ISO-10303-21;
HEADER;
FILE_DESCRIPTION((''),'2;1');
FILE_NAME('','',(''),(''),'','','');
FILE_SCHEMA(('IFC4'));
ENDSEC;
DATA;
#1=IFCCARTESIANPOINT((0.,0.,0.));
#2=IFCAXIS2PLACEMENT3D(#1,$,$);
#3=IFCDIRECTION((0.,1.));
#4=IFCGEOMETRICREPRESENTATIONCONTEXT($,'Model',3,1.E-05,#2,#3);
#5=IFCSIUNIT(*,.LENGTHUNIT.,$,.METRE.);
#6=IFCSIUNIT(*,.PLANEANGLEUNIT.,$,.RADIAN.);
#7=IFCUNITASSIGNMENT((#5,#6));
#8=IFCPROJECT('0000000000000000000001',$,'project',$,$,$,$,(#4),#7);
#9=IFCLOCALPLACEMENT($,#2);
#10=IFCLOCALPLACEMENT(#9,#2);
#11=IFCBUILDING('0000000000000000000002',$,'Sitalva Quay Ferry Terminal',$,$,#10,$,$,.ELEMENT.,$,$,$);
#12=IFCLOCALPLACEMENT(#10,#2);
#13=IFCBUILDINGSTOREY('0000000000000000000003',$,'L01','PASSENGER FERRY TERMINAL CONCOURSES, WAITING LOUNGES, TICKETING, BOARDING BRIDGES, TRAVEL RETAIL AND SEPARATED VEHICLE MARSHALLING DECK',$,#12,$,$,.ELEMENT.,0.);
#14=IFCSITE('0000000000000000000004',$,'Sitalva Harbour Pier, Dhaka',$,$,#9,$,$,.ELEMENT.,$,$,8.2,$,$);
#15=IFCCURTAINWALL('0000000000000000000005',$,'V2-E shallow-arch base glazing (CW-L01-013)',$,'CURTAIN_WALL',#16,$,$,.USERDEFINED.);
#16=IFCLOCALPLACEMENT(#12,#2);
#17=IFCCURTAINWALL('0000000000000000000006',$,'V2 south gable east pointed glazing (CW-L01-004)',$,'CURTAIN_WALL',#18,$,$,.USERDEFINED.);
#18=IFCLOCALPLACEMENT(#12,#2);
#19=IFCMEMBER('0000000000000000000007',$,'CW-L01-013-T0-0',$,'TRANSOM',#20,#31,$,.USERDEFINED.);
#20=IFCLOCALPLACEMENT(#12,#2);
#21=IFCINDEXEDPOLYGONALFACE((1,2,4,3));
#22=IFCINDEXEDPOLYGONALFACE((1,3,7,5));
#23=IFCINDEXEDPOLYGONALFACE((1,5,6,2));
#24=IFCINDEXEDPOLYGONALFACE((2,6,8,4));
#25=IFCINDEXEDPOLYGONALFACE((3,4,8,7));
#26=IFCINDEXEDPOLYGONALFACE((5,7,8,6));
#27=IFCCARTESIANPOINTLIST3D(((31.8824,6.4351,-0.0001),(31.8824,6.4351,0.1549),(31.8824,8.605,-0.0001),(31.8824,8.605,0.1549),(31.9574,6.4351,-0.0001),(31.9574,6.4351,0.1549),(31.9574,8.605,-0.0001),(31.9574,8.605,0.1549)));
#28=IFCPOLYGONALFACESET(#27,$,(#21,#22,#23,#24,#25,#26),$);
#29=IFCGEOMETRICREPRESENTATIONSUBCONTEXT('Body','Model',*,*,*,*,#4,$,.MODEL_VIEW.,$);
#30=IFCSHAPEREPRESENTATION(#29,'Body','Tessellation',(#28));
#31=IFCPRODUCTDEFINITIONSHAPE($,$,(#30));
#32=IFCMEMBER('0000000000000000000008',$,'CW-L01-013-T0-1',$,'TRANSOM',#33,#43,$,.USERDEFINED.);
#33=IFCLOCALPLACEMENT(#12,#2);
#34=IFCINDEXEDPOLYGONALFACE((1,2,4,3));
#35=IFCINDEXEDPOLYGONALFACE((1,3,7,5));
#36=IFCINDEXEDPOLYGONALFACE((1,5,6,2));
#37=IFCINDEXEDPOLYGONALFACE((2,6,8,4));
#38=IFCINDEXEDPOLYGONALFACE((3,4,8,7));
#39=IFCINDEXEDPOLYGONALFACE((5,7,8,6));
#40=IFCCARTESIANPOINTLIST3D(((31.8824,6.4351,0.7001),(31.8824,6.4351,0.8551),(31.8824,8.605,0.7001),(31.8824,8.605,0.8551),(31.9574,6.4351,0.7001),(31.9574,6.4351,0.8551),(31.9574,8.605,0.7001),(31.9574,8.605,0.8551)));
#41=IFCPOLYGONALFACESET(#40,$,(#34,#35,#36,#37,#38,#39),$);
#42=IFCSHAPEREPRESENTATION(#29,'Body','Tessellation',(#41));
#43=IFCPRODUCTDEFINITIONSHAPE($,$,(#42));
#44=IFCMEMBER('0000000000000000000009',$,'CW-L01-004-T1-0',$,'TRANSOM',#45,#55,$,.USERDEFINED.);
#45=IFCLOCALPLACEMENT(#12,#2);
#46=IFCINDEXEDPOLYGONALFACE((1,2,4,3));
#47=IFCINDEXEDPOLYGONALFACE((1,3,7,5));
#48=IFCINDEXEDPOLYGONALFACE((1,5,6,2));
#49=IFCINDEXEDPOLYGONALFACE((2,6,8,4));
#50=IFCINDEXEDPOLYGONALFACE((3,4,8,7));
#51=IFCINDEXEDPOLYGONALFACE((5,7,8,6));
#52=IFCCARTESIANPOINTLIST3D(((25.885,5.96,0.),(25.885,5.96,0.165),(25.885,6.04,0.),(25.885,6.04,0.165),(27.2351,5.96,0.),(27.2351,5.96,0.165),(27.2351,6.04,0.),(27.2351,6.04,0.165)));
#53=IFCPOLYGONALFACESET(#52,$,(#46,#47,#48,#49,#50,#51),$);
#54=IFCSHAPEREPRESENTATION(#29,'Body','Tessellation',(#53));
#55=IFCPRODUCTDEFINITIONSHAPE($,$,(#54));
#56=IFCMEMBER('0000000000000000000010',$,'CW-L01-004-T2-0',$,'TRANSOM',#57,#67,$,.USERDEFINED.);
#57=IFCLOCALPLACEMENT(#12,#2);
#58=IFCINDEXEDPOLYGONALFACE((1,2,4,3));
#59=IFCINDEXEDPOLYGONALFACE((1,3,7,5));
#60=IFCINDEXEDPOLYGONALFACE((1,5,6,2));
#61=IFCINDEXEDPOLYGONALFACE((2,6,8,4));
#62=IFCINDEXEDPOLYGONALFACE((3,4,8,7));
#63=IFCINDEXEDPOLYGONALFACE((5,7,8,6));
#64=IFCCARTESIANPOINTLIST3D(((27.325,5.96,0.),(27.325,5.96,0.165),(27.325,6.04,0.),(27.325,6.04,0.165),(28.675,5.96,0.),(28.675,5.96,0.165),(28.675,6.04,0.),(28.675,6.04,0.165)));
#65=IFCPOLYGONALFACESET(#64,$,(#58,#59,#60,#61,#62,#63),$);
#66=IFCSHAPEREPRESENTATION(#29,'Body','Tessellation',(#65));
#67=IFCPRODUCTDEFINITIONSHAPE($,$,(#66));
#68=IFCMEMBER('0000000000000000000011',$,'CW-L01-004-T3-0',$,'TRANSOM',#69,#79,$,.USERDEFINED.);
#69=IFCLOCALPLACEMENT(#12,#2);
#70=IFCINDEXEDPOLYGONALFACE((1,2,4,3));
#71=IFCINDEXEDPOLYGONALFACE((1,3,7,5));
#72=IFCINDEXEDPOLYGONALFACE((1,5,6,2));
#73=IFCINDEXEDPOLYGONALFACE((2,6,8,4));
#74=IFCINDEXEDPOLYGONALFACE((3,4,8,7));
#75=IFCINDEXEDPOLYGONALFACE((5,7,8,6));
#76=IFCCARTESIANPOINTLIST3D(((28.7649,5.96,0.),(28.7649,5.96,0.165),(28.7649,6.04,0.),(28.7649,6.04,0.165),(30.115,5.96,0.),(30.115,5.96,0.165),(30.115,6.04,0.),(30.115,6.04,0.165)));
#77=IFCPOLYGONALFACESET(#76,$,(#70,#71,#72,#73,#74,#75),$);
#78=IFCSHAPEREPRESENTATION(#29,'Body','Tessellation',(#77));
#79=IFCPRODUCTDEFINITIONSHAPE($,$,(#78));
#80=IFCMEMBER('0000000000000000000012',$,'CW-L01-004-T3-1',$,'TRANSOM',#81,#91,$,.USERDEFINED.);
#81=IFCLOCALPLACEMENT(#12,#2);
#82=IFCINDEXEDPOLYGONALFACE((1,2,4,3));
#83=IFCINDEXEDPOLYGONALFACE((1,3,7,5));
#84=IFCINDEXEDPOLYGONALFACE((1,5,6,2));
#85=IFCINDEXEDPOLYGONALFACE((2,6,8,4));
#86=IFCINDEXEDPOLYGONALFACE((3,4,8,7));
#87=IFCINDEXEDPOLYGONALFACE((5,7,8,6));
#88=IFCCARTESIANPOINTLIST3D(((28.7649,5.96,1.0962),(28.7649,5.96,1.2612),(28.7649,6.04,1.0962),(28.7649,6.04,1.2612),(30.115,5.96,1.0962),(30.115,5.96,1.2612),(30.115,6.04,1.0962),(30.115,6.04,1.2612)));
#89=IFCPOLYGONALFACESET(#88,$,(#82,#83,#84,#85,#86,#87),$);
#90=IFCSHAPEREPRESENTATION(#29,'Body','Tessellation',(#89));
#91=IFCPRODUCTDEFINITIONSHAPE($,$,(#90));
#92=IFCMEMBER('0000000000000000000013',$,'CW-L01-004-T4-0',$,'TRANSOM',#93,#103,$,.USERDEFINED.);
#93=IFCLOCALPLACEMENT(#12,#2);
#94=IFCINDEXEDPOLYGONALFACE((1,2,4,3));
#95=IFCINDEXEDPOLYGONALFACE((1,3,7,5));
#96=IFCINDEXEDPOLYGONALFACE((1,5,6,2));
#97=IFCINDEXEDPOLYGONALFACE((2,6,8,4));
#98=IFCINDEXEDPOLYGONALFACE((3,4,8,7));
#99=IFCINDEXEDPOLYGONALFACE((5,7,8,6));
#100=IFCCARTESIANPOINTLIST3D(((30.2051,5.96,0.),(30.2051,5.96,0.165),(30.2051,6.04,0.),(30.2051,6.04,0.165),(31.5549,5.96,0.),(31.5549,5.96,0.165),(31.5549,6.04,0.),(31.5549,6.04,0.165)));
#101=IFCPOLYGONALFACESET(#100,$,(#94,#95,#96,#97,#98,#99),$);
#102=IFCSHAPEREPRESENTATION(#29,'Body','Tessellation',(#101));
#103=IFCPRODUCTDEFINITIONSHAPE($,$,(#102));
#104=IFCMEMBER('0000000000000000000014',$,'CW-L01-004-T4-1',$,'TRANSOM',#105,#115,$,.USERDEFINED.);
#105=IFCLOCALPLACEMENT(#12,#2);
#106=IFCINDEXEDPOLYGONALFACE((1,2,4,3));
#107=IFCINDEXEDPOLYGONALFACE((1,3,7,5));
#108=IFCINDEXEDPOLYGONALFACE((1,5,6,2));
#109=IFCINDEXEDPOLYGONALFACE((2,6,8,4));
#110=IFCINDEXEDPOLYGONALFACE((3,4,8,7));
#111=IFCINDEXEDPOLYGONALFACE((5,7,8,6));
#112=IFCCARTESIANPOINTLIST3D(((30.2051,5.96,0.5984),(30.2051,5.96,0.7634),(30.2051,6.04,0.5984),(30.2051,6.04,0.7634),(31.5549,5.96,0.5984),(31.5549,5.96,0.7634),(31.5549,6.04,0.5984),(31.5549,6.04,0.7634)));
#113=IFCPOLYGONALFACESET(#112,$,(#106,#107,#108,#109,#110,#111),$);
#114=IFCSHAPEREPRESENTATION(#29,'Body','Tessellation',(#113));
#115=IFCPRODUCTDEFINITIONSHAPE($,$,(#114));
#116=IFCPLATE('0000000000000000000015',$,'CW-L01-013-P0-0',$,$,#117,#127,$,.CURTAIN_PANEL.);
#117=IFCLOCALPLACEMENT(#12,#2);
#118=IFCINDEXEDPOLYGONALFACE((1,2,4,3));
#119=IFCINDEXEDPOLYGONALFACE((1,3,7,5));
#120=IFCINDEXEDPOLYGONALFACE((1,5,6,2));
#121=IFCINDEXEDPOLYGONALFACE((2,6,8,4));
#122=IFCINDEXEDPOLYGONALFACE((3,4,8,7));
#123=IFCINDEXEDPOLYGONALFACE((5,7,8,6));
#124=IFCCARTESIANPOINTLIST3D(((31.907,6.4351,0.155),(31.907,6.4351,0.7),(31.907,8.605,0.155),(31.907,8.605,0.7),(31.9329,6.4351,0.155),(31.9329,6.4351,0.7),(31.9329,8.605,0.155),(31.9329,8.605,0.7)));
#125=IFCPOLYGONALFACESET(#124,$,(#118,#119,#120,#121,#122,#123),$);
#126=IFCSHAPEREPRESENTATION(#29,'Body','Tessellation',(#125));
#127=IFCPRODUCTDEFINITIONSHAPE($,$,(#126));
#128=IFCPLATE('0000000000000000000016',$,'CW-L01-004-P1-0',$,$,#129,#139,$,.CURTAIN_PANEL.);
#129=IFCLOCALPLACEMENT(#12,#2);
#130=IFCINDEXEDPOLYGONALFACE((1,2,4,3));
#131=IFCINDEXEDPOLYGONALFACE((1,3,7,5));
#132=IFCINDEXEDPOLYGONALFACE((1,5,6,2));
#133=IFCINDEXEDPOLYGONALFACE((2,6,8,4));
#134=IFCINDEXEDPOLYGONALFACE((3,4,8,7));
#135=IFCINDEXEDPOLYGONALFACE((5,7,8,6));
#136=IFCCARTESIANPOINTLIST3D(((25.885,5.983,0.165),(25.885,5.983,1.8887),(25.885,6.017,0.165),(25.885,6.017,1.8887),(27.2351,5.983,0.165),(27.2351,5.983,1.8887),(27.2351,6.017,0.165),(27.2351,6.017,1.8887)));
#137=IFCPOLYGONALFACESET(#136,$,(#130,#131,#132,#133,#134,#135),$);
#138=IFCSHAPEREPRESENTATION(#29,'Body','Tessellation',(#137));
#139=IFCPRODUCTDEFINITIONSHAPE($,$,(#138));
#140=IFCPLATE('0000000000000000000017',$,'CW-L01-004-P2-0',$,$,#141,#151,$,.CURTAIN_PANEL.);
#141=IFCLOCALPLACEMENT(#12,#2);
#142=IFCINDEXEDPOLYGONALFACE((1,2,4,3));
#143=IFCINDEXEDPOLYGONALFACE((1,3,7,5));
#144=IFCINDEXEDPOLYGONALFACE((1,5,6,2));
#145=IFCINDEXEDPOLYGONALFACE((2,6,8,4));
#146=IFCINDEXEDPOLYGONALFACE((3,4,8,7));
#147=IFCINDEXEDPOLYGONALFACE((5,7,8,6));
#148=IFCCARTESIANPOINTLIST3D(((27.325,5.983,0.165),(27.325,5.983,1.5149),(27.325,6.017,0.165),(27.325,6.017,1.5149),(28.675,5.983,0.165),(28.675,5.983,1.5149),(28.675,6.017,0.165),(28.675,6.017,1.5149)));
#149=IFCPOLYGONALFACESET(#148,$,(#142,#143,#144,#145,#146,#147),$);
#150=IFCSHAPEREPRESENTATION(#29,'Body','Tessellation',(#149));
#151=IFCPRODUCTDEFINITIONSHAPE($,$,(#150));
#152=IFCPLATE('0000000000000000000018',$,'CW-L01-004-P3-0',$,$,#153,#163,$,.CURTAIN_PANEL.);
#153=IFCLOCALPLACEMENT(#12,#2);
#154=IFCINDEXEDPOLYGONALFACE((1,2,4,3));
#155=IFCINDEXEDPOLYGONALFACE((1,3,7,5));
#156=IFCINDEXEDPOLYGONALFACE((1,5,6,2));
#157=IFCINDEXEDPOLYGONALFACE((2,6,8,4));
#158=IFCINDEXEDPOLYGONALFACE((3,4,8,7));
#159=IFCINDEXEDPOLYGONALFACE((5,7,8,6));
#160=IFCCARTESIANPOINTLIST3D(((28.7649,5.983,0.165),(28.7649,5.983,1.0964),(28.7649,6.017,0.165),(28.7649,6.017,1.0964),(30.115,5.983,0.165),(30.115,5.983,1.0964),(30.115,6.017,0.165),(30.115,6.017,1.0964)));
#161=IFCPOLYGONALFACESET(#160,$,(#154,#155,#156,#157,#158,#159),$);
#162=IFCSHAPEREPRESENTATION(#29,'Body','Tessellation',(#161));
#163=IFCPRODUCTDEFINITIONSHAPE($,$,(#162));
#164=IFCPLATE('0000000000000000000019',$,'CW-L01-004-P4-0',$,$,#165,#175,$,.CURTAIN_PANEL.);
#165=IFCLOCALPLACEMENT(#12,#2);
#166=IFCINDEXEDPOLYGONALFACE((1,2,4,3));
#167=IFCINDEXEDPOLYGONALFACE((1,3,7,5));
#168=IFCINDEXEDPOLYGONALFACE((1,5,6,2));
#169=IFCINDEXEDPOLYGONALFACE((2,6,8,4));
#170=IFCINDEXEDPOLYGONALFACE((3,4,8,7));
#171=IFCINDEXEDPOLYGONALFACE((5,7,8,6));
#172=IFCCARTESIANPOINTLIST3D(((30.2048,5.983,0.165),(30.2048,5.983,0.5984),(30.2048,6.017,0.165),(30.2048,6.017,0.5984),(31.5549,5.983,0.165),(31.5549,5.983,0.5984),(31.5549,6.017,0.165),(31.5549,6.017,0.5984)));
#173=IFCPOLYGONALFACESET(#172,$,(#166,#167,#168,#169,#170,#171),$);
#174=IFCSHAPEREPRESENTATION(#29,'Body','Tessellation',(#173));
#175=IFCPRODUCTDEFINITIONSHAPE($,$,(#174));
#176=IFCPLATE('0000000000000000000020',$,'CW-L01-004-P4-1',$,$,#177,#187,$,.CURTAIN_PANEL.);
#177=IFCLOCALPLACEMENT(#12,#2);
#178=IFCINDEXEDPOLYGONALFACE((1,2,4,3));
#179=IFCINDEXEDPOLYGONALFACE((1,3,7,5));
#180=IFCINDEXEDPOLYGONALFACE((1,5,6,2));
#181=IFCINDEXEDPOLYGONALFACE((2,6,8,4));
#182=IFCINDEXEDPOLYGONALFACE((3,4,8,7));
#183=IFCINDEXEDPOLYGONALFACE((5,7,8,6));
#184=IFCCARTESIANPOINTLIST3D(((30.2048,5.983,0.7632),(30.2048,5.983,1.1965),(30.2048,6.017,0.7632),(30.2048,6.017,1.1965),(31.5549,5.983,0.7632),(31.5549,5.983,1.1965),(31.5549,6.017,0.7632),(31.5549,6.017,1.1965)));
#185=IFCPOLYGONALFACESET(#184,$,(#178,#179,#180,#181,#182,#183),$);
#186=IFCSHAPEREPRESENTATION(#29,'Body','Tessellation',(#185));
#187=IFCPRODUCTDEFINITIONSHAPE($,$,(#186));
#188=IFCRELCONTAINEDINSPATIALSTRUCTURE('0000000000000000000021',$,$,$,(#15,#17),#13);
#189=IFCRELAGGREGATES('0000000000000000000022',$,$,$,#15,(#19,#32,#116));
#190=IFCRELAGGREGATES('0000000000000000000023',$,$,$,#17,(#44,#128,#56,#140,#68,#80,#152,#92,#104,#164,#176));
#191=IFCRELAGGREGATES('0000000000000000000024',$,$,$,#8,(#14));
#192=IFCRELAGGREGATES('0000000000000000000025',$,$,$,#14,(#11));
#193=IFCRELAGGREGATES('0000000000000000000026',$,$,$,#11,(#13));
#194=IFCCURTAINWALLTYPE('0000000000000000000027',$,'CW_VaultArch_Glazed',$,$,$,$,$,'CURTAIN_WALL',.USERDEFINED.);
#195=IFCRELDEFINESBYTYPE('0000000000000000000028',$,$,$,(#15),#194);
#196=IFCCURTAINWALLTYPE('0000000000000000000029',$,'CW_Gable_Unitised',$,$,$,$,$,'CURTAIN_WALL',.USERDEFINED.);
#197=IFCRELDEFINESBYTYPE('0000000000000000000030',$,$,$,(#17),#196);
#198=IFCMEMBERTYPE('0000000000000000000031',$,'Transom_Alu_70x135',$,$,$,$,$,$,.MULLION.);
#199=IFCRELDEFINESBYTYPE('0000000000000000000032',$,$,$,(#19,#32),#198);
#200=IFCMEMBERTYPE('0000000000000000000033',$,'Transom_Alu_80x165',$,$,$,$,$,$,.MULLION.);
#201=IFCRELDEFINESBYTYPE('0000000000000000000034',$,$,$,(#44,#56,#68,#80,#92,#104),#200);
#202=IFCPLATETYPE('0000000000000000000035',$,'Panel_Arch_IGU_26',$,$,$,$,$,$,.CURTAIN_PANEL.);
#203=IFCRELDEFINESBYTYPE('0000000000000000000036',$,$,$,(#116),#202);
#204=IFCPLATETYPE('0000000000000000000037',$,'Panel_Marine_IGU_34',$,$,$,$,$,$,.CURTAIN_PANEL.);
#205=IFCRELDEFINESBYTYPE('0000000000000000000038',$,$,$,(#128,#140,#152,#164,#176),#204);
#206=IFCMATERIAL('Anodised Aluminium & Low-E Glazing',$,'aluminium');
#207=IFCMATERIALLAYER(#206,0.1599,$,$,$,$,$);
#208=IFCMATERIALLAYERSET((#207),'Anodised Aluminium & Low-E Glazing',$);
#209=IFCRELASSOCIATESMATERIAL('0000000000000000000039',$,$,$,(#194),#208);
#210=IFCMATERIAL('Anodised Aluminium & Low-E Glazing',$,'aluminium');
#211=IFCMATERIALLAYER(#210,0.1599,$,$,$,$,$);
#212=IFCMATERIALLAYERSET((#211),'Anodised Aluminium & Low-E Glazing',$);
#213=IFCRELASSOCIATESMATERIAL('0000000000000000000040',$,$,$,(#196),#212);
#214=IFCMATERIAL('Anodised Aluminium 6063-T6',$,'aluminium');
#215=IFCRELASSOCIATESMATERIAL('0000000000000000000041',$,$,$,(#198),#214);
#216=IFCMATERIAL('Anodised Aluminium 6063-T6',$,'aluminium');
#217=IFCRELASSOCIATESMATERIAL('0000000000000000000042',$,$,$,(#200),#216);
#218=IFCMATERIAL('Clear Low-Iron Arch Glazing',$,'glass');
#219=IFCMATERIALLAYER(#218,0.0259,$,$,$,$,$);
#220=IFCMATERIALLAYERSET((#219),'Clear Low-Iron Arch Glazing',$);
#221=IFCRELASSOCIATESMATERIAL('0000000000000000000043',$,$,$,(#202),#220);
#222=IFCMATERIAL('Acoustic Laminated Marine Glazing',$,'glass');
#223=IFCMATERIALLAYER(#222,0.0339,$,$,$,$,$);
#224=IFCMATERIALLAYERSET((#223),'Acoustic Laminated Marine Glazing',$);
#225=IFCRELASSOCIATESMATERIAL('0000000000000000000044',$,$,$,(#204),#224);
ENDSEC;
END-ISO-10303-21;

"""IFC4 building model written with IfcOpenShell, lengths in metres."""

from ifc_helpers import new_model, si_unit, direction, frame, origin, origin_2d, place, context, subcontext, project, spatial, rectangle, extrude, material, layer, layer_set, material_profile, profile_set, type_object, element, aggregate, save


model = new_model("IFC4")

# Units and contexts
model_context = context("Model", 3, precision=1e-05, world=origin(), true_north=direction((0.0, 1.0)))
body_context = subcontext(model_context, "Body", "Model", "MODEL_VIEW")
ifc_project = project(units=[si_unit("LENGTHUNIT", "METRE"), si_unit("PLANEANGLEUNIT", "RADIAN")], contexts=[model_context])

# Site, building, storey
site_placement = place(None, origin())
site = spatial("IfcSite", under=ifc_project, at=site_placement, Name="Sitalva Harbour Pier, Dhaka", CompositionType="ELEMENT", RefElevation=8.2)
building_placement = place(site_placement, origin())
building = spatial("IfcBuilding", under=site, at=building_placement, Name="Sitalva Quay Ferry Terminal", CompositionType="ELEMENT")
storey_placement = place(building_placement, origin())
storey = spatial("IfcBuildingStorey", under=building, at=storey_placement, Name="L01", Description="PASSENGER FERRY TERMINAL CONCOURSES, WAITING LOUNGES, TICKETING, BOARDING BRIDGES, TRAVEL RETAIL AND SEPARATED VEHICLE MARSHALLING DECK", CompositionType="ELEMENT", Elevation=0.0)

# Curtain wall
ifc_material_1 = material(Name="Anodised Aluminium & Low-E Glazing", Category="aluminium")
ifc_layer_1 = layer(ifc_material_1, 0.1599)
ifc_layer_set_1 = layer_set([ifc_layer_1], Name="Anodised Aluminium & Low-E Glazing")
curtain_wall_type_1 = type_object("IfcCurtainWallType", Name="CW_VaultArch_Glazed", ElementType="CURTAIN_WALL", PredefinedType="USERDEFINED", material=ifc_layer_set_1)
curtain_wall_1_placement = place(storey_placement, origin())
curtain_wall_1 = element("IfcCurtainWall", 1, at=curtain_wall_1_placement, inside=storey, type_object=curtain_wall_type_1, Name="V2-E shallow-arch base glazing (CW-L01-013)", ObjectType="CURTAIN_WALL", PredefinedType="USERDEFINED")

# Curtain wall
ifc_material_2 = material(Name="Anodised Aluminium & Low-E Glazing", Category="aluminium")
ifc_layer_2 = layer(ifc_material_2, 0.1599)
ifc_layer_set_2 = layer_set([ifc_layer_2], Name="Anodised Aluminium & Low-E Glazing")
curtain_wall_type_2 = type_object("IfcCurtainWallType", Name="CW_Gable_Unitised", ElementType="CURTAIN_WALL", PredefinedType="USERDEFINED", material=ifc_layer_set_2)
curtain_wall_2_placement = place(storey_placement, origin())
curtain_wall_2 = element("IfcCurtainWall", 2, at=curtain_wall_2_placement, inside=storey, type_object=curtain_wall_type_2, Name="V2 south gable east pointed glazing (CW-L01-004)", ObjectType="CURTAIN_WALL", PredefinedType="USERDEFINED")

# Members
ifc_material_3 = material(Name="Anodised Aluminium 6063-T6", Category="aluminium")
ifc_material_profile_1 = material_profile(ifc_material_3, rectangle(XDim=0.075, YDim=0.155, at=origin_2d()), Name="ALU75x155")
ifc_profile_set_1 = profile_set([ifc_material_profile_1], Name="Anodised Aluminium 6063-T6")
member_type_1 = type_object("IfcMemberType", Name="Transom_Alu_70x135", PredefinedType="MULLION", material=ifc_profile_set_1)
member_1_placement = place(storey_placement, frame((31.9199, 6.4351, 0.0774), z_axis=(0.0, 1.0, 0.0), x_axis=(-1.0, 0.0, 0.0)))
member_1 = element("IfcMember", 3, at=member_1_placement, type_object=member_type_1, Name="CW-L01-013-T0-0", ObjectType="TRANSOM", PredefinedType="USERDEFINED", context=body_context, shape_type="SweptSolid", body=[
    extrude(rectangle(XDim=0.075, YDim=0.155, at=origin_2d()), origin(), (0.0, 0.0, 1.0), 2.1699),
])
member_2_placement = place(storey_placement, frame((31.9199, 6.4351, 0.7776), z_axis=(0.0, 1.0, 0.0), x_axis=(-1.0, 0.0, 0.0)))
member_2 = element("IfcMember", 4, at=member_2_placement, type_object=member_type_1, Name="CW-L01-013-T0-1", ObjectType="TRANSOM", PredefinedType="USERDEFINED", context=body_context, shape_type="SweptSolid", body=[
    extrude(rectangle(XDim=0.075, YDim=0.155, at=origin_2d()), origin(), (0.0, 0.0, 1.0), 2.1699),
])
ifc_material_4 = material(Name="Anodised Aluminium 6063-T6", Category="aluminium")
ifc_material_profile_2 = material_profile(ifc_material_4, rectangle(XDim=0.0801, YDim=0.165, at=origin_2d()), Name="ALU80x165")
ifc_profile_set_2 = profile_set([ifc_material_profile_2], Name="Anodised Aluminium 6063-T6")
member_type_2 = type_object("IfcMemberType", Name="Transom_Alu_80x165", PredefinedType="MULLION", material=ifc_profile_set_2)
member_3_placement = place(storey_placement, frame((25.885, 6.0, 0.0825), z_axis=(1.0, 0.0, 0.0), x_axis=(0.0, 1.0, 0.0)))
member_3 = element("IfcMember", 5, at=member_3_placement, type_object=member_type_2, Name="CW-L01-004-T1-0", ObjectType="TRANSOM", PredefinedType="USERDEFINED", context=body_context, shape_type="SweptSolid", body=[
    extrude(rectangle(XDim=0.0801, YDim=0.165, at=origin_2d()), origin(), (0.0, 0.0, 1.0), 1.3501),
])
member_4_placement = place(storey_placement, frame((27.325, 6.0, 0.0825), z_axis=(1.0, 0.0, 0.0), x_axis=(0.0, 1.0, 0.0)))
member_4 = element("IfcMember", 6, at=member_4_placement, type_object=member_type_2, Name="CW-L01-004-T2-0", ObjectType="TRANSOM", PredefinedType="USERDEFINED", context=body_context, shape_type="SweptSolid", body=[
    extrude(rectangle(XDim=0.0801, YDim=0.165, at=origin_2d()), origin(), (0.0, 0.0, 1.0), 1.3501),
])
member_5_placement = place(storey_placement, frame((28.7649, 6.0, 0.0825), z_axis=(1.0, 0.0, 0.0), x_axis=(0.0, 1.0, 0.0)))
member_5 = element("IfcMember", 7, at=member_5_placement, type_object=member_type_2, Name="CW-L01-004-T3-0", ObjectType="TRANSOM", PredefinedType="USERDEFINED", context=body_context, shape_type="SweptSolid", body=[
    extrude(rectangle(XDim=0.0801, YDim=0.165, at=origin_2d()), origin(), (0.0, 0.0, 1.0), 1.3501),
])
member_6_placement = place(storey_placement, frame((28.7649, 6.0, 1.1787), z_axis=(1.0, 0.0, 0.0), x_axis=(0.0, 1.0, 0.0)))
member_6 = element("IfcMember", 8, at=member_6_placement, type_object=member_type_2, Name="CW-L01-004-T3-1", ObjectType="TRANSOM", PredefinedType="USERDEFINED", context=body_context, shape_type="SweptSolid", body=[
    extrude(rectangle(XDim=0.0801, YDim=0.165, at=origin_2d()), origin(), (0.0, 0.0, 1.0), 1.3501),
])
member_7_placement = place(storey_placement, frame((30.2051, 6.0, 0.0825), z_axis=(1.0, 0.0, 0.0), x_axis=(0.0, 1.0, 0.0)))
member_7 = element("IfcMember", 9, at=member_7_placement, type_object=member_type_2, Name="CW-L01-004-T4-0", ObjectType="TRANSOM", PredefinedType="USERDEFINED", context=body_context, shape_type="SweptSolid", body=[
    extrude(rectangle(XDim=0.0801, YDim=0.165, at=origin_2d()), origin(), (0.0, 0.0, 1.0), 1.3499),
])
member_8_placement = place(storey_placement, frame((30.2051, 6.0, 0.6809), z_axis=(1.0, 0.0, 0.0), x_axis=(0.0, 1.0, 0.0)))
member_8 = element("IfcMember", 10, at=member_8_placement, type_object=member_type_2, Name="CW-L01-004-T4-1", ObjectType="TRANSOM", PredefinedType="USERDEFINED", context=body_context, shape_type="SweptSolid", body=[
    extrude(rectangle(XDim=0.0801, YDim=0.165, at=origin_2d()), origin(), (0.0, 0.0, 1.0), 1.3499),
])

# Plates
ifc_material_5 = material(Name="Clear Low-Iron Arch Glazing", Category="glass")
ifc_layer_3 = layer(ifc_material_5, 0.0259)
ifc_layer_set_3 = layer_set([ifc_layer_3], Name="Clear Low-Iron Arch Glazing")
plate_type_1 = type_object("IfcPlateType", Name="Panel_Arch_IGU_26", PredefinedType="CURTAIN_PANEL", material=ifc_layer_set_3)
plate_1_placement = place(storey_placement, frame((31.9199, 7.52, 0.155), z_axis=(0.0, 0.0, 1.0), x_axis=(0.0, 1.0, 0.0)))
plate_1 = element("IfcPlate", 11, at=plate_1_placement, type_object=plate_type_1, Name="CW-L01-013-P0-0", PredefinedType="CURTAIN_PANEL", context=body_context, shape_type="SweptSolid", body=[
    extrude(rectangle(XDim=2.1699, YDim=0.0259, at=origin_2d()), origin(), (0.0, 0.0, 1.0), 0.5449),
])
aggregate(curtain_wall_1, [member_1, member_2, plate_1])
ifc_material_6 = material(Name="Acoustic Laminated Marine Glazing", Category="glass")
ifc_layer_4 = layer(ifc_material_6, 0.0339)
ifc_layer_set_4 = layer_set([ifc_layer_4], Name="Acoustic Laminated Marine Glazing")
plate_type_2 = type_object("IfcPlateType", Name="Panel_Marine_IGU_34", PredefinedType="CURTAIN_PANEL", material=ifc_layer_set_4)
plate_2_placement = place(storey_placement, frame((26.5601, 6.0, 0.165), z_axis=(0.0, 0.0, 1.0), x_axis=(1.0, 0.0, 0.0)))
plate_2 = element("IfcPlate", 12, at=plate_2_placement, type_object=plate_type_2, Name="CW-L01-004-P1-0", PredefinedType="CURTAIN_PANEL", context=body_context, shape_type="SweptSolid", body=[
    extrude(rectangle(XDim=1.3501, YDim=0.0339, at=origin_2d()), origin(), (0.0, 0.0, 1.0), 1.7236),
])
plate_3_placement = place(storey_placement, frame((28.0, 6.0, 0.165), z_axis=(0.0, 0.0, 1.0), x_axis=(1.0, 0.0, 0.0)))
plate_3 = element("IfcPlate", 13, at=plate_3_placement, type_object=plate_type_2, Name="CW-L01-004-P2-0", PredefinedType="CURTAIN_PANEL", context=body_context, shape_type="SweptSolid", body=[
    extrude(rectangle(XDim=1.3501, YDim=0.0339, at=origin_2d()), origin(), (0.0, 0.0, 1.0), 1.3499),
])
plate_4_placement = place(storey_placement, frame((29.4399, 6.0, 0.165), z_axis=(0.0, 0.0, 1.0), x_axis=(1.0, 0.0, 0.0)))
plate_4 = element("IfcPlate", 14, at=plate_4_placement, type_object=plate_type_2, Name="CW-L01-004-P3-0", PredefinedType="CURTAIN_PANEL", context=body_context, shape_type="SweptSolid", body=[
    extrude(rectangle(XDim=1.3501, YDim=0.0339, at=origin_2d()), origin(), (0.0, 0.0, 1.0), 0.9314),
])
plate_5_placement = place(storey_placement, frame((30.8799, 6.0, 0.165), z_axis=(0.0, 0.0, 1.0), x_axis=(1.0, 0.0, 0.0)))
plate_5 = element("IfcPlate", 15, at=plate_5_placement, type_object=plate_type_2, Name="CW-L01-004-P4-0", PredefinedType="CURTAIN_PANEL", context=body_context, shape_type="SweptSolid", body=[
    extrude(rectangle(XDim=1.3501, YDim=0.0339, at=origin_2d()), origin(), (0.0, 0.0, 1.0), 0.4333),
])
plate_6_placement = place(storey_placement, frame((30.8799, 6.0, 0.7632), z_axis=(0.0, 0.0, 1.0), x_axis=(1.0, 0.0, 0.0)))
plate_6 = element("IfcPlate", 16, at=plate_6_placement, type_object=plate_type_2, Name="CW-L01-004-P4-1", PredefinedType="CURTAIN_PANEL", context=body_context, shape_type="SweptSolid", body=[
    extrude(rectangle(XDim=1.3501, YDim=0.0339, at=origin_2d()), origin(), (0.0, 0.0, 1.0), 0.4333),
])
aggregate(curtain_wall_2, [member_3, plate_2, member_4, plate_3, member_5, member_6, plate_4, member_7, member_8, plate_5, plate_6])

save(model, "model.ifc")
